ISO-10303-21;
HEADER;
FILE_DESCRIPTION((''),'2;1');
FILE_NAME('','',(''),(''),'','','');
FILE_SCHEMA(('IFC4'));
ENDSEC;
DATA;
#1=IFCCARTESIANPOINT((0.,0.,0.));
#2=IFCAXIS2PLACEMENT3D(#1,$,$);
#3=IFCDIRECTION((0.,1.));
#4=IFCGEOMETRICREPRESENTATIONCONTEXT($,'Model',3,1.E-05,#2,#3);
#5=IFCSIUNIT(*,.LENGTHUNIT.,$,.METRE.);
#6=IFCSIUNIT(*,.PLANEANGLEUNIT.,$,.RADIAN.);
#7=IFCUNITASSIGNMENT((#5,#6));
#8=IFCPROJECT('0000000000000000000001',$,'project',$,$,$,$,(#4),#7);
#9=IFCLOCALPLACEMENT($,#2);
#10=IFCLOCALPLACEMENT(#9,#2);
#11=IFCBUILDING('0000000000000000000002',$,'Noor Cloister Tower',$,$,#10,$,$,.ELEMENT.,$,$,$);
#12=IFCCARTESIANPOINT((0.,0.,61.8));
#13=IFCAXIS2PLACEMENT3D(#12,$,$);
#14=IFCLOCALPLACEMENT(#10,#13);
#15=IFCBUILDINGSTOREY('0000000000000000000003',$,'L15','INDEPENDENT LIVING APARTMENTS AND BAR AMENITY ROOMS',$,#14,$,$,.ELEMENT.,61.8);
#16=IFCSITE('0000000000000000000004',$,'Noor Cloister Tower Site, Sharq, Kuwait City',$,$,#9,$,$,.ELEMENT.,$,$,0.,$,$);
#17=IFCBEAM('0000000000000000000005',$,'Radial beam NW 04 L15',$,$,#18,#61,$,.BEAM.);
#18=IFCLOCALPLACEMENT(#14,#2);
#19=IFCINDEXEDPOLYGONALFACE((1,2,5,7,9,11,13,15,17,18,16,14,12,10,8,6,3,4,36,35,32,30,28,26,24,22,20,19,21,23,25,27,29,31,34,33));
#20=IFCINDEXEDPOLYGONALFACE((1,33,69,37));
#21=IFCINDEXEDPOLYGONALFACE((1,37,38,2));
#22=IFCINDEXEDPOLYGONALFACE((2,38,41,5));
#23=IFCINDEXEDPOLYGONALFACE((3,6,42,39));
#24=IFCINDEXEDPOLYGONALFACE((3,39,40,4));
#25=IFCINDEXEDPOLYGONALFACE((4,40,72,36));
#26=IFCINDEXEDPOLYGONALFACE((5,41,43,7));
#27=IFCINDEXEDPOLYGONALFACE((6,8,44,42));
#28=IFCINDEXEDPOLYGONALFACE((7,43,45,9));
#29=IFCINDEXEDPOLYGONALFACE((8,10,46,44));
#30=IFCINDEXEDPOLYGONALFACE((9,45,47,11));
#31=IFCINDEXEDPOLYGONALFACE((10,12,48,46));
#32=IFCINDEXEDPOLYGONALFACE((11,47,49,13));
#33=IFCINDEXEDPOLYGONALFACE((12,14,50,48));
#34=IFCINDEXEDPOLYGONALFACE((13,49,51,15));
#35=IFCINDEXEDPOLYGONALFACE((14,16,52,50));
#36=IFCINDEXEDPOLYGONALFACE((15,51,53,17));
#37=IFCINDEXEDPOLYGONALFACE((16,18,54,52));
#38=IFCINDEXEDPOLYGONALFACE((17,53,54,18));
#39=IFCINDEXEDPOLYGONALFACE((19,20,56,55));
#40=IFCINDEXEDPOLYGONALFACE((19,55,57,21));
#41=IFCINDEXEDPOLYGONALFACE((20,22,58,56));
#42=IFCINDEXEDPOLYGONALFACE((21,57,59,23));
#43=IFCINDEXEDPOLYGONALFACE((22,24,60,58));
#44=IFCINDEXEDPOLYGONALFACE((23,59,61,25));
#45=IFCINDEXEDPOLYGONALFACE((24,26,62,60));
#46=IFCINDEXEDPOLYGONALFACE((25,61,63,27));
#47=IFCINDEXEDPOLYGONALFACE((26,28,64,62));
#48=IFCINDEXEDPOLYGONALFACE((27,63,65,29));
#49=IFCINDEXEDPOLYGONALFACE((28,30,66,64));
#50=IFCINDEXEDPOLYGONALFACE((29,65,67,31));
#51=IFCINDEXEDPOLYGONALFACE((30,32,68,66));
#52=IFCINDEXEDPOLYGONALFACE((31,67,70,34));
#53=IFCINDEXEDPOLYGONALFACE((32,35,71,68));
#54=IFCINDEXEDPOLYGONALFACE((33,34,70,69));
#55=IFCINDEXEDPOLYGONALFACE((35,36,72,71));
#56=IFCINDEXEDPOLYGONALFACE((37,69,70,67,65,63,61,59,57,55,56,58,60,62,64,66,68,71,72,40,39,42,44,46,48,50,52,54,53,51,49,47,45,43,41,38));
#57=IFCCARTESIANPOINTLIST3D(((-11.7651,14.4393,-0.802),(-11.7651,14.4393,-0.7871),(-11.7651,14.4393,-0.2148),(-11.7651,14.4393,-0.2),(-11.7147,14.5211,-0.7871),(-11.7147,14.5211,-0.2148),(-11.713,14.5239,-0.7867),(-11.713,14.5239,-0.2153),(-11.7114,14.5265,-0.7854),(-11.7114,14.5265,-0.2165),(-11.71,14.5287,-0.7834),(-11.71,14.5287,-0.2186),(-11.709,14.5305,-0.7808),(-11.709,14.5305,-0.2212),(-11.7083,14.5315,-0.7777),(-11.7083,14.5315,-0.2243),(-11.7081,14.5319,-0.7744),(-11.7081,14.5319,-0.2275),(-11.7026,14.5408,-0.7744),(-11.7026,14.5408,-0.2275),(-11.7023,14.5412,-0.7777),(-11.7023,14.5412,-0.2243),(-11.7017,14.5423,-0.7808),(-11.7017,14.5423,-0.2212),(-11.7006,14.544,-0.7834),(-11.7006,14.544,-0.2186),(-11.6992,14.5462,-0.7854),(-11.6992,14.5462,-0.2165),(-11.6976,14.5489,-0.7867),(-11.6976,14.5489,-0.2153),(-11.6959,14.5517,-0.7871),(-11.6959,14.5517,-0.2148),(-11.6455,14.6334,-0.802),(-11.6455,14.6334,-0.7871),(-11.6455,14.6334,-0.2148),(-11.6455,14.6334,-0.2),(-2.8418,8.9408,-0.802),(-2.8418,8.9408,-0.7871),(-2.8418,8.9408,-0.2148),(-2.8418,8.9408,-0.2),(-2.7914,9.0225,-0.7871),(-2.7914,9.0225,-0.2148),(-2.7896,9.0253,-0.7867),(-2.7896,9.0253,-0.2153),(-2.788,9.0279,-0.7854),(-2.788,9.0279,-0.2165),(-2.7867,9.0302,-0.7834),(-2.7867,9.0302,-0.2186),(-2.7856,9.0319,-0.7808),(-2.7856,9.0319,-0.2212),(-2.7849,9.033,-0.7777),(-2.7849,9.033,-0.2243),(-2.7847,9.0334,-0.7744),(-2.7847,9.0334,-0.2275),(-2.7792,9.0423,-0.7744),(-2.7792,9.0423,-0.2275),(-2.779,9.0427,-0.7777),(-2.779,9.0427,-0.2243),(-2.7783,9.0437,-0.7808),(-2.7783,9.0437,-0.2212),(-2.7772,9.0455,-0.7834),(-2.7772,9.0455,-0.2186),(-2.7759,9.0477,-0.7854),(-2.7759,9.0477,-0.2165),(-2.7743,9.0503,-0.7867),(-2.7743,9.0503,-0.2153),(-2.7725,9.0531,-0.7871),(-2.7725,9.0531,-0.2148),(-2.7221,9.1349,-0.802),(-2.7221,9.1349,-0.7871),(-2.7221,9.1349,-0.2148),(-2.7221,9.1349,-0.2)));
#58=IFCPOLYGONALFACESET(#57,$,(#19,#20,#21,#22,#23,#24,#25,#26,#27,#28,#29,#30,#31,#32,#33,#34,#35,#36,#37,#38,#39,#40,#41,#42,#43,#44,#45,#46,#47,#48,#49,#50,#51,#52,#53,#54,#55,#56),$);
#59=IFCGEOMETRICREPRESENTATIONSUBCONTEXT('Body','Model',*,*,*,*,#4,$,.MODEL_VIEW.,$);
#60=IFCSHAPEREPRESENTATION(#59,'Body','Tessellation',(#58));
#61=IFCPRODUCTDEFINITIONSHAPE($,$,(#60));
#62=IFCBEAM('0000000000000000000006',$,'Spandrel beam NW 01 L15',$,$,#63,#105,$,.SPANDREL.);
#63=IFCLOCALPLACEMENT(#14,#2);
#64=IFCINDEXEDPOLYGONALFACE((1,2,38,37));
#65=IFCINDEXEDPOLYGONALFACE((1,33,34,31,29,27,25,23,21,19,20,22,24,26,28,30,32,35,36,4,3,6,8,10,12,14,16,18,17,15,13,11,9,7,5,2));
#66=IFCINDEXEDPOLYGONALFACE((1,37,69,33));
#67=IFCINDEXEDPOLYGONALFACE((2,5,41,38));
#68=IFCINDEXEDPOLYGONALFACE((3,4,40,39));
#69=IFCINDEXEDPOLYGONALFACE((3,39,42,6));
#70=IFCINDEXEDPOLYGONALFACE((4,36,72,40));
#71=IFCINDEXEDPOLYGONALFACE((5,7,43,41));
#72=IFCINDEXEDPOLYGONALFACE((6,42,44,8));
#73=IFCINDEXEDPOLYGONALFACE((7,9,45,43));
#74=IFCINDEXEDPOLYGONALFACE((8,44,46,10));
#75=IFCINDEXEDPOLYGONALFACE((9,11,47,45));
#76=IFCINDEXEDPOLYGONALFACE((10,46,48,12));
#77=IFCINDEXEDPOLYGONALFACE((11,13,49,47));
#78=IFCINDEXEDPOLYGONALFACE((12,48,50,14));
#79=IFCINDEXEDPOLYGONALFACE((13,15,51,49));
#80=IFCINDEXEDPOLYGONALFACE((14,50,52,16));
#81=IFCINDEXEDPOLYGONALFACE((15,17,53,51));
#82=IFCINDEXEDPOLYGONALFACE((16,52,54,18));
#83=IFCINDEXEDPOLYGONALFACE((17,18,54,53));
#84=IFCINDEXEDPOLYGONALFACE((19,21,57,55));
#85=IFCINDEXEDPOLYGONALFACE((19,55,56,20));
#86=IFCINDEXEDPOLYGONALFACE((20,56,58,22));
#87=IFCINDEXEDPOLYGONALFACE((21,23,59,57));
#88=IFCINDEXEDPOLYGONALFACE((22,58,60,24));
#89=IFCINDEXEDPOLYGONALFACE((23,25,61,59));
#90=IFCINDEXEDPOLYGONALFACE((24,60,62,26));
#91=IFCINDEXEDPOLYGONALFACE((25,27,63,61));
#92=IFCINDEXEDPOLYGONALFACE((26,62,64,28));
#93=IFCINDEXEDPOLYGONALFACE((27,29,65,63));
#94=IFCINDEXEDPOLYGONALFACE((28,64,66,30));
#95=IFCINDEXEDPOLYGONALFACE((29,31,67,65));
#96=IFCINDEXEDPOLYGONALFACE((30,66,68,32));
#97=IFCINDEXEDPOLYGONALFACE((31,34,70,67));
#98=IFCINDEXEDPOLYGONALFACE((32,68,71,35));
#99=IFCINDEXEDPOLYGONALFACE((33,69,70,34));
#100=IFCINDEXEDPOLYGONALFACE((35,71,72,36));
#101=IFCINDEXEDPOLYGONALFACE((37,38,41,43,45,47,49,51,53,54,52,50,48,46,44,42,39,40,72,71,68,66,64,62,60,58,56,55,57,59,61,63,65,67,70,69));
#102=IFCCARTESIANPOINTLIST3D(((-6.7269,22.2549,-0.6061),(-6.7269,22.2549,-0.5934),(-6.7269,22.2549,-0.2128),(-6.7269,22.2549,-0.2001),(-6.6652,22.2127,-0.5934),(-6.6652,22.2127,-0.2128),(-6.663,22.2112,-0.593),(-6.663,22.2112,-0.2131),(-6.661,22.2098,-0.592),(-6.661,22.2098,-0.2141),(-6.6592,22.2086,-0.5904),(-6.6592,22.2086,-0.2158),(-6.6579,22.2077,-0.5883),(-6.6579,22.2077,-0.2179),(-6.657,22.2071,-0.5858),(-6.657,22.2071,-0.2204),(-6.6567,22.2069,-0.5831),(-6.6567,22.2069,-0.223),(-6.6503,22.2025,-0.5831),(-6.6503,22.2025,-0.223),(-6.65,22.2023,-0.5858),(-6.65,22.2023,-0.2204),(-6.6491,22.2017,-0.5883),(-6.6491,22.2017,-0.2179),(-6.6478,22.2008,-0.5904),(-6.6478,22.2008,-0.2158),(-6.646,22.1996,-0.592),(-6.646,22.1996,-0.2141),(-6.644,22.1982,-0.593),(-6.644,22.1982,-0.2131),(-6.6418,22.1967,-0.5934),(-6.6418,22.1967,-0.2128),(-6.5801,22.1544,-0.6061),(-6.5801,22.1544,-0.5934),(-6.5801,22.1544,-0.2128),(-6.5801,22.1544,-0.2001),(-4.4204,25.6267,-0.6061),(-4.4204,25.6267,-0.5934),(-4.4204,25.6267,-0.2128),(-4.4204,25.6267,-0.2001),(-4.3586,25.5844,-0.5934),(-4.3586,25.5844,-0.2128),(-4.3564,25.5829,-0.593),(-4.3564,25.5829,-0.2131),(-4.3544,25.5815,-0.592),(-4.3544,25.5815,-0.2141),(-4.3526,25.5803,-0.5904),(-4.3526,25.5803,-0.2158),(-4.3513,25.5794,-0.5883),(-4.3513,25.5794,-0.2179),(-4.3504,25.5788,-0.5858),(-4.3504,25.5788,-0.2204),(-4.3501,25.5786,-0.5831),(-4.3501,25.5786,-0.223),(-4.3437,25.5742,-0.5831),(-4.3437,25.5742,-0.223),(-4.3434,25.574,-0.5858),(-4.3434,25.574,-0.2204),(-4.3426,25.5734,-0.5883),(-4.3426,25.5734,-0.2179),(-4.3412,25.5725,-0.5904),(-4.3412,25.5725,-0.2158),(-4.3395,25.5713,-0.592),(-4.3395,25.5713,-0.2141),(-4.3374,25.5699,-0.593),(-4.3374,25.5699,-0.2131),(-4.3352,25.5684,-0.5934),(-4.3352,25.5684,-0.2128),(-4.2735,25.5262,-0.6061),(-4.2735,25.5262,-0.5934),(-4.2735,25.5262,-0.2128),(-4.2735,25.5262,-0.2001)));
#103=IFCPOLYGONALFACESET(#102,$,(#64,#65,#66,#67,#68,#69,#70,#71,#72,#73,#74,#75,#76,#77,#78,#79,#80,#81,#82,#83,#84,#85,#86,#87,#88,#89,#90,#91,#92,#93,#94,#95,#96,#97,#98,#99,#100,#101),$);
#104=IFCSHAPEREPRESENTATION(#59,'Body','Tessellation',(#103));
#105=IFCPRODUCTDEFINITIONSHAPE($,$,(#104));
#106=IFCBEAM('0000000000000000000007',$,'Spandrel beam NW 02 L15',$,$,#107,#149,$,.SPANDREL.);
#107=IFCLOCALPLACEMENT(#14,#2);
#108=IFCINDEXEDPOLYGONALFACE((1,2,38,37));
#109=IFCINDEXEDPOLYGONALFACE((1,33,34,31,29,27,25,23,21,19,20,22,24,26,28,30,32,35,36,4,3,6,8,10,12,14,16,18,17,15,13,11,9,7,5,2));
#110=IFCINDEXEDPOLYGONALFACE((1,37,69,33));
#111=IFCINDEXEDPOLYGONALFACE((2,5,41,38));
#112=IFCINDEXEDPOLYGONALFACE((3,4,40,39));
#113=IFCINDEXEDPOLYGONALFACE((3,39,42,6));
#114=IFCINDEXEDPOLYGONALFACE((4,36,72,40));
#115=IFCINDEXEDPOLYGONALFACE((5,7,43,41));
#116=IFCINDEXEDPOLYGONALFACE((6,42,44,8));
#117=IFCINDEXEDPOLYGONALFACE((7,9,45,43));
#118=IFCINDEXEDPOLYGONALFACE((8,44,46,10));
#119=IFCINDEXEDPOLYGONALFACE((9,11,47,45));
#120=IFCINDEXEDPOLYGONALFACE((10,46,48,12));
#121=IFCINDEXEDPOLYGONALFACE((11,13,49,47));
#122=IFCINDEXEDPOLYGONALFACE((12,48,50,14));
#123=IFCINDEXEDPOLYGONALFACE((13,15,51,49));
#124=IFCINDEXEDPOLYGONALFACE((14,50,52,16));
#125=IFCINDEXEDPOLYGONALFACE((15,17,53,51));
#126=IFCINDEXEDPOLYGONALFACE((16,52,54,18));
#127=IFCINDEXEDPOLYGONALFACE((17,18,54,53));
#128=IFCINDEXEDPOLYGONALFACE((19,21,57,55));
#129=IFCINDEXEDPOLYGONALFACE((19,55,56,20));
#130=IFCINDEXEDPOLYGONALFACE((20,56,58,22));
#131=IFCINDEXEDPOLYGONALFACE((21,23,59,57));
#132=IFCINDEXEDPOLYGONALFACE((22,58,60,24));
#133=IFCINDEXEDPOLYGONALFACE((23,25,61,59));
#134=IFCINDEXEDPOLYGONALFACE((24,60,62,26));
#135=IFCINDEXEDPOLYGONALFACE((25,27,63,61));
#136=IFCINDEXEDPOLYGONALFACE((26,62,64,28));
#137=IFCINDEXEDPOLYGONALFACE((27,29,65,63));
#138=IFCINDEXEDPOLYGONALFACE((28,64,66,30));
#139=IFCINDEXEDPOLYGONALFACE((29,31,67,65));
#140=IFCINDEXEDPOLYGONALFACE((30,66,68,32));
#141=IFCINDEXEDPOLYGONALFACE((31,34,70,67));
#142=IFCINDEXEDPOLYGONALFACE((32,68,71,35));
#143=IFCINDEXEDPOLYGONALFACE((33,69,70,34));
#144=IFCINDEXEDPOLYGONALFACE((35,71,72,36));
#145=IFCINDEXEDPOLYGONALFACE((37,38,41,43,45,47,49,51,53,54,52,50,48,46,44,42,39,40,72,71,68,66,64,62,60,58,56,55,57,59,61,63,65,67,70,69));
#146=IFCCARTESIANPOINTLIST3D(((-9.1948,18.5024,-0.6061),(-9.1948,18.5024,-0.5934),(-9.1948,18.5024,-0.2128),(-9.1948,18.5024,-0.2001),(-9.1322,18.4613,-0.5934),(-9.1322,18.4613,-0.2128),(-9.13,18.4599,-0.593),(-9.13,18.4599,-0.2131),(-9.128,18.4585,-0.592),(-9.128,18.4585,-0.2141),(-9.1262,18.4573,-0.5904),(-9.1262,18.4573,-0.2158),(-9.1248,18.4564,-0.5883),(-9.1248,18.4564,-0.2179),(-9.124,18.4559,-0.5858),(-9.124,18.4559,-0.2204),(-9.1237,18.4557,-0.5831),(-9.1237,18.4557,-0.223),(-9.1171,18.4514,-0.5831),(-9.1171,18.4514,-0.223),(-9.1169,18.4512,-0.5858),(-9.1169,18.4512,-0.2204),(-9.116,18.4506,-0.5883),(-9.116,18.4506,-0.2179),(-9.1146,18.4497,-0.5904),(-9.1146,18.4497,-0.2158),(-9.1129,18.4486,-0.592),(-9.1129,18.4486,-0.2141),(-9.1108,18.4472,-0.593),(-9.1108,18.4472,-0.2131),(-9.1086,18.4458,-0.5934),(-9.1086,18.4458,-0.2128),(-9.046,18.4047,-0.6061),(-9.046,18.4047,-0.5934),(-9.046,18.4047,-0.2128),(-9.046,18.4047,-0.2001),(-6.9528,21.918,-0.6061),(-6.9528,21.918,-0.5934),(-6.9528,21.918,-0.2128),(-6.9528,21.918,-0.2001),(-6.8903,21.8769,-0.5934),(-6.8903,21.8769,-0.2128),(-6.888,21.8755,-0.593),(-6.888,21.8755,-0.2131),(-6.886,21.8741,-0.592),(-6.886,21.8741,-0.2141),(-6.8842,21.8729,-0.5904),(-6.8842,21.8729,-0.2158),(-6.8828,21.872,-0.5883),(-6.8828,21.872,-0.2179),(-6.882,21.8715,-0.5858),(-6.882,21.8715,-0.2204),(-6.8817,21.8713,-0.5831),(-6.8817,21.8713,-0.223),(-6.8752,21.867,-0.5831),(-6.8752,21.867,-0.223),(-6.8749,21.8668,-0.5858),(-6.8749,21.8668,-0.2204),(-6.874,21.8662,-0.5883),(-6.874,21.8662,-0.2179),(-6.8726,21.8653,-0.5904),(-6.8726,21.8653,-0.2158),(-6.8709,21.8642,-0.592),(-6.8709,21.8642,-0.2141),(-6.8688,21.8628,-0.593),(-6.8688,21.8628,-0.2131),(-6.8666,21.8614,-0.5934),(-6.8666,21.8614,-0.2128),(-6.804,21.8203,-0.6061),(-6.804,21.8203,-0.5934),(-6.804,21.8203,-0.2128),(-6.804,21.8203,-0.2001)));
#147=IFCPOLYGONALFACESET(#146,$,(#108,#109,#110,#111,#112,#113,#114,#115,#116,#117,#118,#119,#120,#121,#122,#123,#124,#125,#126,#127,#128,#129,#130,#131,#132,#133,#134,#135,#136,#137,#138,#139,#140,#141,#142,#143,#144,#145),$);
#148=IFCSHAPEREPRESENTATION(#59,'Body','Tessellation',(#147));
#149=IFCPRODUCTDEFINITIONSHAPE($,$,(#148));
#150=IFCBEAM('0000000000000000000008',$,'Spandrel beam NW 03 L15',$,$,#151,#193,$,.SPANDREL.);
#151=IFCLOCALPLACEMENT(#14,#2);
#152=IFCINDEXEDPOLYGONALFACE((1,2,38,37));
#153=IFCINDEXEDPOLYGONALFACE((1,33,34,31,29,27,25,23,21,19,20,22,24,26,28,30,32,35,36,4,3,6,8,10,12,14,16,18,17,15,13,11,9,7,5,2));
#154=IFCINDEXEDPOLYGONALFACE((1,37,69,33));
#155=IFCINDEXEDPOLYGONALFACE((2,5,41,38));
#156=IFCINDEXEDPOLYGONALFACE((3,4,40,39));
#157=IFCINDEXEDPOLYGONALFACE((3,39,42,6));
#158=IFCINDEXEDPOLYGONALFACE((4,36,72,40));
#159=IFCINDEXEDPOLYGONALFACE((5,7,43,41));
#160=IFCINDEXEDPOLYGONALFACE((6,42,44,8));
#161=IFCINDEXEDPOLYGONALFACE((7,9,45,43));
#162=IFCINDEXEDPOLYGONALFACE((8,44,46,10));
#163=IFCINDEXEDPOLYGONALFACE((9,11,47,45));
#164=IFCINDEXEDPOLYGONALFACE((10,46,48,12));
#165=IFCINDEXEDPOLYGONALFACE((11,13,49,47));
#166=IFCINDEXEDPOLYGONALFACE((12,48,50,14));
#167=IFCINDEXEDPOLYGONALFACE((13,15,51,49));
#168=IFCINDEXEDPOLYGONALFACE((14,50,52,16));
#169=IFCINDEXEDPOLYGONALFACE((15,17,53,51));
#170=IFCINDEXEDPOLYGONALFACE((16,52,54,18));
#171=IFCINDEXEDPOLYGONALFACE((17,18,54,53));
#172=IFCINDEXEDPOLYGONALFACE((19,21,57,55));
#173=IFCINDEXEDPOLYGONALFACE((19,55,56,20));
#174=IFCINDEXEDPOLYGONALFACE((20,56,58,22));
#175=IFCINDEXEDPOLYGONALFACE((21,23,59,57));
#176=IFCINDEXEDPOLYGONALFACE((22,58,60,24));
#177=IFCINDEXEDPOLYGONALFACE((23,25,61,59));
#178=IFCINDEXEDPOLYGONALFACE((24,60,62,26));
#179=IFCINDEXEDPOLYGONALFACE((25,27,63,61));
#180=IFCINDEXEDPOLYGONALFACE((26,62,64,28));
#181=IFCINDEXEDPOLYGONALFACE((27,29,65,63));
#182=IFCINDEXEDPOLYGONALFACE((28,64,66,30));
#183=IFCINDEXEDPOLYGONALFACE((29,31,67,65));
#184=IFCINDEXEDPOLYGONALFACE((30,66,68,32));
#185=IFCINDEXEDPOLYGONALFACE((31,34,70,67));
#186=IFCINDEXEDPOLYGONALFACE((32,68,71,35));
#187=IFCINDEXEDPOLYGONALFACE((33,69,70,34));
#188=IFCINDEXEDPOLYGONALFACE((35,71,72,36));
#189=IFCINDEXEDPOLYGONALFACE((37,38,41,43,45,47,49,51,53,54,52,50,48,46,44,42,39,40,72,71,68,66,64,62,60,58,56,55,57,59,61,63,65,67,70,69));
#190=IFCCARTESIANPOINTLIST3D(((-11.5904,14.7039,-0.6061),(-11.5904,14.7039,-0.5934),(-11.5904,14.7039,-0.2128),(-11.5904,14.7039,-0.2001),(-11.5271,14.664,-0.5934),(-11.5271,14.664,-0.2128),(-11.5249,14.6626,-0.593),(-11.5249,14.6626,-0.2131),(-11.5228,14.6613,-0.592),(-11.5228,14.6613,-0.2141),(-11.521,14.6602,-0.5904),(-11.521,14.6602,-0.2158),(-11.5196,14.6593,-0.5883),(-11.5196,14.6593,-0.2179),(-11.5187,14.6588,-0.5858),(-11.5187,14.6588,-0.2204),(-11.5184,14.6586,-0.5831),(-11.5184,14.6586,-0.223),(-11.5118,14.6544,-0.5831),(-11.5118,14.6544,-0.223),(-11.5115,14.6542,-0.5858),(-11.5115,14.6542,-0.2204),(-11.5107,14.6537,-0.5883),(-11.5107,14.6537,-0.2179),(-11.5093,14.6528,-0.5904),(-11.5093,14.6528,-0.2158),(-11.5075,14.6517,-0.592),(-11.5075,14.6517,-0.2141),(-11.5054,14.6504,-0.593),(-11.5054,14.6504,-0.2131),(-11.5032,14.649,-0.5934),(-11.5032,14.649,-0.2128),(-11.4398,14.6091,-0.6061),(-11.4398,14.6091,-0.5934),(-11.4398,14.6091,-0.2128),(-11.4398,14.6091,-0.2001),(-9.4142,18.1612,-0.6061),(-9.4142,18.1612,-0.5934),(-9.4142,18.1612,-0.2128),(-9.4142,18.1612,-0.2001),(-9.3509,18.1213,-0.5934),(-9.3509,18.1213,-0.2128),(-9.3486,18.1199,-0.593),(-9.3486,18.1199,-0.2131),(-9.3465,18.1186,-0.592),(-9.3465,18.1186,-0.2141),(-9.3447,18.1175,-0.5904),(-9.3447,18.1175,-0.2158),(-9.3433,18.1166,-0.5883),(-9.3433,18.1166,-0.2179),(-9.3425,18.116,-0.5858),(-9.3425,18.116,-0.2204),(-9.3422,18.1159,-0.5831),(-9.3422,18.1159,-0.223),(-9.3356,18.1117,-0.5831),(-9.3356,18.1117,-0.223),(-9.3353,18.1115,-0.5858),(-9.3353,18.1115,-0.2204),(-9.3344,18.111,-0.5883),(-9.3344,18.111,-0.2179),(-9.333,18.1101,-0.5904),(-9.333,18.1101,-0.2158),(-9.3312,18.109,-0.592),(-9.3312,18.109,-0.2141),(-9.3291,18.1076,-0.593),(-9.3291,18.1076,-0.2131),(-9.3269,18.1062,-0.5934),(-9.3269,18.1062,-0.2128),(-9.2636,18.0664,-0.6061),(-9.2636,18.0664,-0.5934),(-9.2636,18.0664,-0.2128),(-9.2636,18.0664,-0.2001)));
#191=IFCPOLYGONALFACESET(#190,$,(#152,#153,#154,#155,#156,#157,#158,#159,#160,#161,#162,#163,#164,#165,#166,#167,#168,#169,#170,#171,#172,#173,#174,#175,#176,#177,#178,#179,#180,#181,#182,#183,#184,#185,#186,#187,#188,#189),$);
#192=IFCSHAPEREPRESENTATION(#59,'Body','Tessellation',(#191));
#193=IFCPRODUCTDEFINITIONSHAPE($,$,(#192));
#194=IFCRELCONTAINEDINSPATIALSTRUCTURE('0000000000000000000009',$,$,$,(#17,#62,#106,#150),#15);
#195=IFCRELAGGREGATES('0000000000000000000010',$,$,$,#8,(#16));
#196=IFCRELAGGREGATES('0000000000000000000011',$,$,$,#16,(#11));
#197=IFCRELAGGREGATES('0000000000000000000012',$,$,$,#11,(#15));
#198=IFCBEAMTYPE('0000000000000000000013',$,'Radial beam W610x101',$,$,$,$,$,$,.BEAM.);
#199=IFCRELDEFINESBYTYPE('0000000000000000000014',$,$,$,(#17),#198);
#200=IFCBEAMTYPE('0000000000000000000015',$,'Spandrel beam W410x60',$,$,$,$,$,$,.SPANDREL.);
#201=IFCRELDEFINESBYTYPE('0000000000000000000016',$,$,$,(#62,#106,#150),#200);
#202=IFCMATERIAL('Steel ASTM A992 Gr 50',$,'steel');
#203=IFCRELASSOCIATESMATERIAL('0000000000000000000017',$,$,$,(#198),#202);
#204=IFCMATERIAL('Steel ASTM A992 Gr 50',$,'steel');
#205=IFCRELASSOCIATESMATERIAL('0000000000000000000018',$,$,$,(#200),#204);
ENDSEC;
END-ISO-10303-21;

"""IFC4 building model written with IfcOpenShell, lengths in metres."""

from ifc_helpers import new_model, si_unit, direction, frame, origin, origin_2d, place, context, subcontext, project, spatial, i_section, extrude, material, material_profile, profile_set, type_object, element, save


model = new_model("IFC4")

# Units and contexts
model_context = context("Model", 3, precision=1e-05, world=origin(), true_north=direction((0.0, 1.0)))
body_context = subcontext(model_context, "Body", "Model", "MODEL_VIEW")
ifc_project = project(units=[si_unit("LENGTHUNIT", "METRE"), si_unit("PLANEANGLEUNIT", "RADIAN")], contexts=[model_context])

# Site, building, storey
site_placement = place(None, origin())
site = spatial("IfcSite", under=ifc_project, at=site_placement, Name="Noor Cloister Tower Site, Sharq, Kuwait City", CompositionType="ELEMENT", RefElevation=0.0)
building_placement = place(site_placement, origin())
building = spatial("IfcBuilding", under=site, at=building_placement, Name="Noor Cloister Tower", CompositionType="ELEMENT")
storey_placement = place(building_placement, frame((0.0, 0.0, 61.8)))
storey = spatial("IfcBuildingStorey", under=building, at=storey_placement, Name="L15", Description="INDEPENDENT LIVING APARTMENTS AND BAR AMENITY ROOMS", CompositionType="ELEMENT", Elevation=61.8)

# Beams
ifc_material_1 = material(Name="Steel ASTM A992 Gr 50", Category="steel")
ifc_material_profile_1 = material_profile(ifc_material_1, i_section(OverallWidth=0.228, OverallDepth=0.6021, WebThickness=0.0105, FlangeThickness=0.0149, FilletRadius=0.0127, at=origin_2d()), Name="W610x101")
ifc_profile_set_1 = profile_set([ifc_material_profile_1], Name="Steel ASTM A992 Gr 50")
beam_type_1 = type_object("IfcBeamType", Name="Radial beam W610x101", PredefinedType="BEAM", material=ifc_profile_set_1)
beam_1_placement = place(storey_placement, frame((-11.7053, 14.5364, -0.501), z_axis=(0.851349, -0.524599, 0.0), x_axis=(0.524599, 0.851349, 0.0)))
element("IfcBeam", 1, at=beam_1_placement, inside=storey, type_object=beam_type_1, Name="Radial beam NW 04 L15", PredefinedType="BEAM", context=body_context, shape_type="SweptSolid", body=[
    extrude(i_section(OverallWidth=0.228, OverallDepth=0.6021, WebThickness=0.0105, FlangeThickness=0.0149, FilletRadius=0.0127, at=origin_2d()), origin(), (0.0, 0.0, 1.0), 10.4814),
])
ifc_material_2 = material(Name="Steel ASTM A992 Gr 50", Category="steel")
ifc_material_profile_2 = material_profile(ifc_material_2, i_section(OverallWidth=0.178, OverallDepth=0.406, WebThickness=0.0078, FlangeThickness=0.0127, FilletRadius=0.0103, at=origin_2d()), Name="W410x60")
ifc_profile_set_2 = profile_set([ifc_material_profile_2], Name="Steel ASTM A992 Gr 50")
beam_type_2 = type_object("IfcBeamType", Name="Spandrel beam W410x60", PredefinedType="SPANDREL", material=ifc_profile_set_2)
beam_2_placement = place(storey_placement, frame((-4.3469, 25.5764, -0.4031), z_axis=(-0.564618, -0.825353, 0.0), x_axis=(0.825353, -0.564618, 0.0)))
element("IfcBeam", 2, at=beam_2_placement, inside=storey, type_object=beam_type_2, Name="Spandrel beam NW 01 L15", PredefinedType="SPANDREL", context=body_context, shape_type="SweptSolid", body=[
    extrude(i_section(OverallWidth=0.178, OverallDepth=0.406, WebThickness=0.0078, FlangeThickness=0.0127, FilletRadius=0.0103, at=origin_2d()), origin(), (0.0, 0.0, 1.0), 4.0852),
])
beam_3_placement = place(storey_placement, frame((-6.8784, 21.8691, -0.4031), z_axis=(-0.548743, -0.835991, 0.0), x_axis=(0.835991, -0.548743, 0.0)))
element("IfcBeam", 3, at=beam_3_placement, inside=storey, type_object=beam_type_2, Name="Spandrel beam NW 02 L15", PredefinedType="SPANDREL", context=body_context, shape_type="SweptSolid", body=[
    extrude(i_section(OverallWidth=0.178, OverallDepth=0.406, WebThickness=0.0078, FlangeThickness=0.0127, FilletRadius=0.0103, at=origin_2d()), origin(), (0.0, 0.0, 1.0), 4.0857),
])
beam_4_placement = place(storey_placement, frame((-9.3389, 18.1138, -0.4031), z_axis=(-0.53272, -0.846292, 0.0), x_axis=(0.846292, -0.53272, 0.0)))
element("IfcBeam", 4, at=beam_4_placement, inside=storey, type_object=beam_type_2, Name="Spandrel beam NW 03 L15", PredefinedType="SPANDREL", context=body_context, shape_type="SweptSolid", body=[
    extrude(i_section(OverallWidth=0.178, OverallDepth=0.406, WebThickness=0.0078, FlangeThickness=0.0127, FilletRadius=0.0103, at=origin_2d()), origin(), (0.0, 0.0, 1.0), 4.0852),
])

save(model, "model.ifc")
